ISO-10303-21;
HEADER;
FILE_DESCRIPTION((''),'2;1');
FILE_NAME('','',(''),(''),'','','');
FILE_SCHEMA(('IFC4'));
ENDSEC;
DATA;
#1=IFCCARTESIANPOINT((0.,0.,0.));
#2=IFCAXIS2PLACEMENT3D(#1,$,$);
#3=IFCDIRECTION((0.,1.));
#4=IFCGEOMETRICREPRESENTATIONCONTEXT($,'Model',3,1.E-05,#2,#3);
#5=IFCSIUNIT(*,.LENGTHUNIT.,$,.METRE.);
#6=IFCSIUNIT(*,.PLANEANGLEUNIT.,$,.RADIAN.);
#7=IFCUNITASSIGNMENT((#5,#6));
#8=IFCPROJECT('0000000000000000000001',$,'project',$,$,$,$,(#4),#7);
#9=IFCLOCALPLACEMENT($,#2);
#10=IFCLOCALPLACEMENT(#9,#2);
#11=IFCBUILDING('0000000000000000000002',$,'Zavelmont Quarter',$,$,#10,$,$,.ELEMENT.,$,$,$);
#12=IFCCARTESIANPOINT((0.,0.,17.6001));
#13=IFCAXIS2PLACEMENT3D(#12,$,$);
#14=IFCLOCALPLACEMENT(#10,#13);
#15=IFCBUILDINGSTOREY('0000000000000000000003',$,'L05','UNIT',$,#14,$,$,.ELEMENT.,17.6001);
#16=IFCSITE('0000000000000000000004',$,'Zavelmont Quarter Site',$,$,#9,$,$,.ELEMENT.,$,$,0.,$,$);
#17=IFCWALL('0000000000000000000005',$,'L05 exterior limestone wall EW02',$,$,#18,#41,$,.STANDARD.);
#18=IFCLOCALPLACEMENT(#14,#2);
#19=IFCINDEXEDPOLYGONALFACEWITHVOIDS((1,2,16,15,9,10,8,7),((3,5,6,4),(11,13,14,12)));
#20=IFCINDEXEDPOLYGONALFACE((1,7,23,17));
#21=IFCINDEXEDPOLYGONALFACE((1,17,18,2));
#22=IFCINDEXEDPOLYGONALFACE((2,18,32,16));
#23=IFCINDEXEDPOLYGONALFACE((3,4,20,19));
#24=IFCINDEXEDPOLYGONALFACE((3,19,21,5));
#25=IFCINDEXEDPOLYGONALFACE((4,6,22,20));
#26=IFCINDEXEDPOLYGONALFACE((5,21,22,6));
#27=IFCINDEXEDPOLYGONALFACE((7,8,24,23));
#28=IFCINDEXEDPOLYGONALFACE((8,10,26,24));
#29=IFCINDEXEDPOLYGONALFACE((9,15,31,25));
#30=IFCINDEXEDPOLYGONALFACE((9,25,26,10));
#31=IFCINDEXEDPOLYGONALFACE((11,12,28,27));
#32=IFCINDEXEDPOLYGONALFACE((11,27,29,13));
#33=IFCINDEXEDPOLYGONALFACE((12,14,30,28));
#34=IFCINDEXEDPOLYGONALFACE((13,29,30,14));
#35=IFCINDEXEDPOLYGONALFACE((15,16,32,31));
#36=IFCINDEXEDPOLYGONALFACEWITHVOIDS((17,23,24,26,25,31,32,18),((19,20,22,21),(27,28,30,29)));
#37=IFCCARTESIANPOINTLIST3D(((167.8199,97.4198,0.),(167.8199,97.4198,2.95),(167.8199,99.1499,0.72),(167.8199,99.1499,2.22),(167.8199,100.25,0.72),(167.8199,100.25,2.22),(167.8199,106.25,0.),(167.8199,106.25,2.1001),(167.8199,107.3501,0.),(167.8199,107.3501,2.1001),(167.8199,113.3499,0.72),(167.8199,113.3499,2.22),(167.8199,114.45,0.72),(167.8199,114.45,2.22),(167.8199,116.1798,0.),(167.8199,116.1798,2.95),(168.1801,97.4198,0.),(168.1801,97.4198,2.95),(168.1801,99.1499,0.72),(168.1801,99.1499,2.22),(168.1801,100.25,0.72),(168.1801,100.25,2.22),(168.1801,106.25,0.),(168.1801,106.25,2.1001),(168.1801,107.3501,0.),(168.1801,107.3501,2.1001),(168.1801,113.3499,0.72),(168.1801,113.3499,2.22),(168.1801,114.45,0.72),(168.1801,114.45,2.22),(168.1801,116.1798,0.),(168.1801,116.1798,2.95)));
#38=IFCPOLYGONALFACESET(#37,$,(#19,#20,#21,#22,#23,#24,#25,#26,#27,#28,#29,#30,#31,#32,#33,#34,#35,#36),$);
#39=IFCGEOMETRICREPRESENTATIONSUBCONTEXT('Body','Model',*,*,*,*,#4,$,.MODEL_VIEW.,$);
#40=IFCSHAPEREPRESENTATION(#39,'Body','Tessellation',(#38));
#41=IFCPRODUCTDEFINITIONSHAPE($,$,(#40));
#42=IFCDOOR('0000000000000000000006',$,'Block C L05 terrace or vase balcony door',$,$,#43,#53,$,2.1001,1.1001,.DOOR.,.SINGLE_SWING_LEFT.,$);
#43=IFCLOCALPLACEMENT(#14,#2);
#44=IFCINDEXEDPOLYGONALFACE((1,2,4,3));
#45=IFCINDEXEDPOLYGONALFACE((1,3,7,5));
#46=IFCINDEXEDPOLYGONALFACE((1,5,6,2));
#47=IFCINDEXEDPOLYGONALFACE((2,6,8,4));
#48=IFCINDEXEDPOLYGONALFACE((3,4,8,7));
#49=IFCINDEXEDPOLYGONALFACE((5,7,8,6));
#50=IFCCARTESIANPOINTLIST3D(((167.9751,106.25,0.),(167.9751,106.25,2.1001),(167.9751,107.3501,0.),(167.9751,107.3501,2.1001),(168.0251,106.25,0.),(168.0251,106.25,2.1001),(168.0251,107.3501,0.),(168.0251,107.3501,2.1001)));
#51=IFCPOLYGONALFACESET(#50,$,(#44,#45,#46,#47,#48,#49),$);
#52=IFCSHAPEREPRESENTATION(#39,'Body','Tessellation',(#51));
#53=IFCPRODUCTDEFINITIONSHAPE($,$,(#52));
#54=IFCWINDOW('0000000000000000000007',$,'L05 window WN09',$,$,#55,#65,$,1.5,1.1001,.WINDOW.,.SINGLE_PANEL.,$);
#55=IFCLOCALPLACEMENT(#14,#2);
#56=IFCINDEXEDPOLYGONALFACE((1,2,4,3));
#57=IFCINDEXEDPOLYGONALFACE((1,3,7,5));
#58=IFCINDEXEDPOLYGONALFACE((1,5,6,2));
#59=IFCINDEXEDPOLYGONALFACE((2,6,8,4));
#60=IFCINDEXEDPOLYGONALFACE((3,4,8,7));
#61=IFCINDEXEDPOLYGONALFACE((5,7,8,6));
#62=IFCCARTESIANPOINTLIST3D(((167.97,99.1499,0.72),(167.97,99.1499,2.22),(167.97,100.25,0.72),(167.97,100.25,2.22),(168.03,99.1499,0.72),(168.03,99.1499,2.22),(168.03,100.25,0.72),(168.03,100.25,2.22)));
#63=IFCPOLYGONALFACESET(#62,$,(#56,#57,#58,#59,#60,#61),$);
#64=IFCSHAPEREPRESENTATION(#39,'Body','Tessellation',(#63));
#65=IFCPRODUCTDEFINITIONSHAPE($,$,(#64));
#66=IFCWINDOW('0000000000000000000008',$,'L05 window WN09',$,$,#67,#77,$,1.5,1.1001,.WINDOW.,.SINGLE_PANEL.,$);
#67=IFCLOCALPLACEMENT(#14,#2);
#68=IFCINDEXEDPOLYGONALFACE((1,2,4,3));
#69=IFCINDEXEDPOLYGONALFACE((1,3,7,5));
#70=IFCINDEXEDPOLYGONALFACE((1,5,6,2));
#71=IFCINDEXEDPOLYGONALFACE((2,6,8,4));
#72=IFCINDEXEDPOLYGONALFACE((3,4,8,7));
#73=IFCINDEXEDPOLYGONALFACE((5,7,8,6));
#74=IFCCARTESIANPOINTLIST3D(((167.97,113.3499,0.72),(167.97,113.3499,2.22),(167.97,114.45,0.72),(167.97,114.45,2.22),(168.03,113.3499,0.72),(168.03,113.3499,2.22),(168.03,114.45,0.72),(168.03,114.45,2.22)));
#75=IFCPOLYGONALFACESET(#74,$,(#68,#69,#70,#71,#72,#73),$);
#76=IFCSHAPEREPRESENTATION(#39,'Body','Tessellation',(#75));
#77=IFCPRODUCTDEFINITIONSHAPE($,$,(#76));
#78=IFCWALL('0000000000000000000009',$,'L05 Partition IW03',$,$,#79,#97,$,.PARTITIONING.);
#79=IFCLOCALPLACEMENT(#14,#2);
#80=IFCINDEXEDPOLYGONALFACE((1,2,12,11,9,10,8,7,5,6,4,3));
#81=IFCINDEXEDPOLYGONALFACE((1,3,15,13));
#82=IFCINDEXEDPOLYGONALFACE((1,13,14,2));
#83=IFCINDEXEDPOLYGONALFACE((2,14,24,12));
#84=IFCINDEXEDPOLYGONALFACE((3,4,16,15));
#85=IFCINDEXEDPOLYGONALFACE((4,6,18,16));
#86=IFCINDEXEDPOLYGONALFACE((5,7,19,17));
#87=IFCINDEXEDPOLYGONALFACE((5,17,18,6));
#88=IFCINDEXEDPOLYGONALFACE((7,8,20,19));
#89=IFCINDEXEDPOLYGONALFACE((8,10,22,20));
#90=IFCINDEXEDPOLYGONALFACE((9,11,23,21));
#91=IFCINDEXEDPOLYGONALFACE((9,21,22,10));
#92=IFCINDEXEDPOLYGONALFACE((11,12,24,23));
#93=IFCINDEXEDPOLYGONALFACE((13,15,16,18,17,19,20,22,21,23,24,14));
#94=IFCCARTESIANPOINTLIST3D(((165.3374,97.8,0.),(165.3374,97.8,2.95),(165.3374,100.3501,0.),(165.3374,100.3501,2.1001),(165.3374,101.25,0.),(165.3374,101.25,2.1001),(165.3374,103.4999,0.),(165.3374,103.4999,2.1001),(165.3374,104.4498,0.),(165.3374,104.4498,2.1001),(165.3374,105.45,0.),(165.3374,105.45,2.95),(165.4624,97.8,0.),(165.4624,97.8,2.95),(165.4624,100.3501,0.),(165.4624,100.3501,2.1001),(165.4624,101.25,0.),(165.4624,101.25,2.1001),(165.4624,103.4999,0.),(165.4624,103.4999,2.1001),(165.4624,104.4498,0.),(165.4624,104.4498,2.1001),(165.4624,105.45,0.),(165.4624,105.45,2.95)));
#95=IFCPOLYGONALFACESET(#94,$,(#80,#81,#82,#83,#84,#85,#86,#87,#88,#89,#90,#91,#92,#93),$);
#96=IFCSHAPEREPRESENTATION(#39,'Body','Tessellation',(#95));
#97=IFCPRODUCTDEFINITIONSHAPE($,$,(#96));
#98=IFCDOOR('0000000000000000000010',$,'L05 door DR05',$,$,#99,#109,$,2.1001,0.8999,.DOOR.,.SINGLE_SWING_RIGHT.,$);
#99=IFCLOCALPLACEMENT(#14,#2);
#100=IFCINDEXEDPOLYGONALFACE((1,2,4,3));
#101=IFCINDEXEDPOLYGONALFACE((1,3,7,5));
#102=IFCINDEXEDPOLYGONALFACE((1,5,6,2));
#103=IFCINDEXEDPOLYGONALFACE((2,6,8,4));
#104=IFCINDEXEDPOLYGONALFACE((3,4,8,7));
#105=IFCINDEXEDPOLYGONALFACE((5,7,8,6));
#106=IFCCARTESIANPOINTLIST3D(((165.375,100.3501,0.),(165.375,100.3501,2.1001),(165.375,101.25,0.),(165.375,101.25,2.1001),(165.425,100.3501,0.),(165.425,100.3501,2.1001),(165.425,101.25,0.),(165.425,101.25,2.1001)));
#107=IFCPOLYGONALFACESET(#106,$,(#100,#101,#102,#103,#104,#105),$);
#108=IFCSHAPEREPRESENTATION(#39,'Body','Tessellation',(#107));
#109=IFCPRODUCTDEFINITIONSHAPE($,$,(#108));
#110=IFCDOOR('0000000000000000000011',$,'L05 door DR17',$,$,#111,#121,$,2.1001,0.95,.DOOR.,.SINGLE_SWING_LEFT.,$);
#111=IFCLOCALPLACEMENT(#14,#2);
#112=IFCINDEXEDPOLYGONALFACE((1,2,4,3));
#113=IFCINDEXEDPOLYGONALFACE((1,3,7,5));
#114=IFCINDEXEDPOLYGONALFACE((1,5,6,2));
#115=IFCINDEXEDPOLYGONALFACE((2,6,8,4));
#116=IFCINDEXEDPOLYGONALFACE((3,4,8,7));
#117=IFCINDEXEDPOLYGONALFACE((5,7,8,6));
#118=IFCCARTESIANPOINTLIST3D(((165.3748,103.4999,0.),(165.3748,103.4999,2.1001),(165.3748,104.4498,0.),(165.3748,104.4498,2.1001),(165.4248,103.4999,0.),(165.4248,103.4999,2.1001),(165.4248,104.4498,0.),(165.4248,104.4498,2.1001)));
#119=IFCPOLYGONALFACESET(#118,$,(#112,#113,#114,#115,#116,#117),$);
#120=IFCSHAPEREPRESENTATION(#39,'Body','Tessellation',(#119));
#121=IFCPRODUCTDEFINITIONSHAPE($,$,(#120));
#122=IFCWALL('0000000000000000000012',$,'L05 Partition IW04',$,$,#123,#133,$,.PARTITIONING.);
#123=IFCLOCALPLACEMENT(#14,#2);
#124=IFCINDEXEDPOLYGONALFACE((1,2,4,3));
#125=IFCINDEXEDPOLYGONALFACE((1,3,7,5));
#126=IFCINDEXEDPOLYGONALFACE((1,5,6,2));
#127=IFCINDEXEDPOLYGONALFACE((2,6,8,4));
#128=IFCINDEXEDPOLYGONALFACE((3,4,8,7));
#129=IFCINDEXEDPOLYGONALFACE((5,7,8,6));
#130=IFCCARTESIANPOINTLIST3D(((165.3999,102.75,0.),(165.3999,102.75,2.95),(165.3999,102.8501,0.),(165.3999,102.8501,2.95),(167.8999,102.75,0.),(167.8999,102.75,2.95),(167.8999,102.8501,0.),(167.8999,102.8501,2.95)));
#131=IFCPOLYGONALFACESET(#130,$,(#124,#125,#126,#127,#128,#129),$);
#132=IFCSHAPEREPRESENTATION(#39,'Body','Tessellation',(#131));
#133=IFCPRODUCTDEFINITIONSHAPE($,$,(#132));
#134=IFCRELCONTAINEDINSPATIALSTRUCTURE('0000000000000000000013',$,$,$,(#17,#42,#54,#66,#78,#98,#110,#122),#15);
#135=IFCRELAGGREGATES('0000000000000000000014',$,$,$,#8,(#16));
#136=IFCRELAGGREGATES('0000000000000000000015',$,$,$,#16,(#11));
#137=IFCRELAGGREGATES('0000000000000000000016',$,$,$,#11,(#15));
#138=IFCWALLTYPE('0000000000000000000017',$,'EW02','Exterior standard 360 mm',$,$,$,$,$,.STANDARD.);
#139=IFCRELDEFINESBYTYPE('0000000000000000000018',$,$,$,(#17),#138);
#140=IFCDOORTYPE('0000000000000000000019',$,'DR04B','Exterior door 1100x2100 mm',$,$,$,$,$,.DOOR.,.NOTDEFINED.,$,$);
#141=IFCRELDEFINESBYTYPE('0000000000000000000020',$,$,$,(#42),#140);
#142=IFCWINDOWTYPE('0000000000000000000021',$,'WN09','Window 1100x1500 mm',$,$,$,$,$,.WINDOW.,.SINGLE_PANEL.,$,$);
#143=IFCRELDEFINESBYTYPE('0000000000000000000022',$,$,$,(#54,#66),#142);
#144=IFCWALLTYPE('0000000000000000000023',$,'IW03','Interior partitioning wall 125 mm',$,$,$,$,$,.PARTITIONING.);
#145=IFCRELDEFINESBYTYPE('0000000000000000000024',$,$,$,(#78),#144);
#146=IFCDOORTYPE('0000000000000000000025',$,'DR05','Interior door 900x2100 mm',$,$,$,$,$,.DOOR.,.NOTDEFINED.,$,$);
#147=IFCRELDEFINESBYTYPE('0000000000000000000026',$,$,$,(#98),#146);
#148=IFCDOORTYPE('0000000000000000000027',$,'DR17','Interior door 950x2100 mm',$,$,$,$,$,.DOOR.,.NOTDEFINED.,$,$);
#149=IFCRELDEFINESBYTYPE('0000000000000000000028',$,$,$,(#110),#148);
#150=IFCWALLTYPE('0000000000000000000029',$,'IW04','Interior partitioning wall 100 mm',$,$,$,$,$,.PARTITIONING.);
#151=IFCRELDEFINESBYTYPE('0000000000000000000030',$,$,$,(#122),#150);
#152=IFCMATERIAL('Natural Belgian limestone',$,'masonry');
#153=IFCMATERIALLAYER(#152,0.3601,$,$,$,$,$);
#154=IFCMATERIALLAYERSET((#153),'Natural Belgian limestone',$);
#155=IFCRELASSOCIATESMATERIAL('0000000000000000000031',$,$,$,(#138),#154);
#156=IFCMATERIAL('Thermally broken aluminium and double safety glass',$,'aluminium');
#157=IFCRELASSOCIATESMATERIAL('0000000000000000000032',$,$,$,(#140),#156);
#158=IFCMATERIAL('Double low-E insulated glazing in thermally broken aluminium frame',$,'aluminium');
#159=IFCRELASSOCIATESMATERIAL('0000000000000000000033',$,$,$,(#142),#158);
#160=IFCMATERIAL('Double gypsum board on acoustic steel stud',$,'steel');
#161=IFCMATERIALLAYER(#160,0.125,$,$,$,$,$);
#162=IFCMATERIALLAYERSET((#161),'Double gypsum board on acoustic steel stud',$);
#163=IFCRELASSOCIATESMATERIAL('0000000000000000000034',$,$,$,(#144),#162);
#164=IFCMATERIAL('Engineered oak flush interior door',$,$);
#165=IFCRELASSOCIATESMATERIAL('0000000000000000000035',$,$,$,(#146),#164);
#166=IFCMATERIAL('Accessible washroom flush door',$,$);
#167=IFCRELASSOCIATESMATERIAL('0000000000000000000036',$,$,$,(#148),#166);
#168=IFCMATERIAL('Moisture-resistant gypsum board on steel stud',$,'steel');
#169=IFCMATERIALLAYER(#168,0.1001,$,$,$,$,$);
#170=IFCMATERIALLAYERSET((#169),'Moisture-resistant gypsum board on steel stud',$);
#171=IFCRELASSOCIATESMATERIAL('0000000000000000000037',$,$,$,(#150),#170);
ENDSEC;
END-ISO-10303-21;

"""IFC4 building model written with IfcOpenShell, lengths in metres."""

from ifc_helpers import new_model, si_unit, direction, frame, frame_2d, origin, origin_with_axes, place, context, subcontext, project, spatial, rectangle, extrude, material, layer, layer_set, type_object, element, fill, save


model = new_model("IFC4")

# Units and contexts
model_context = context("Model", 3, precision=1e-05, world=origin(), true_north=direction((0.0, 1.0)))
body_context = subcontext(model_context, "Body", "Model", "MODEL_VIEW")
ifc_project = project(units=[si_unit("LENGTHUNIT", "METRE"), si_unit("PLANEANGLEUNIT", "RADIAN")], contexts=[model_context])

# Site, building, storey
site_placement = place(None, origin())
site = spatial("IfcSite", under=ifc_project, at=site_placement, Name="Zavelmont Quarter Site", CompositionType="ELEMENT", RefElevation=0.0)
building_placement = place(site_placement, origin())
building = spatial("IfcBuilding", under=site, at=building_placement, Name="Zavelmont Quarter", CompositionType="ELEMENT")
storey_placement = place(building_placement, frame((0.0, 0.0, 17.6001)))
storey = spatial("IfcBuildingStorey", under=building, at=storey_placement, Name="L05", Description="UNIT", CompositionType="ELEMENT", Elevation=17.6001)

# Wall, openings, door, windows
ifc_material_1 = material(Name="Natural Belgian limestone", Category="masonry")
ifc_layer_1 = layer(ifc_material_1, 0.3601)
ifc_layer_set_1 = layer_set([ifc_layer_1], Name="Natural Belgian limestone")
wall_type_1 = type_object("IfcWallType", Name="EW02", Description="Exterior standard 360 mm", PredefinedType="STANDARD", material=ifc_layer_set_1)
wall_1_placement = place(storey_placement, frame((168.0, 97.4199, 0.0), z_axis=(0.0, 0.0, 1.0), x_axis=(0.0, 1.0, 0.0)))
wall_1 = element("IfcWall", 1, at=wall_1_placement, inside=storey, type_object=wall_type_1, Name="L05 exterior limestone wall EW02", PredefinedType="STANDARD", context=body_context, shape_type="SweptSolid", body=[
    extrude(rectangle(XDim=18.76, YDim=0.3601, at=frame_2d((9.3799, 0.0))), origin(), (0.0, 0.0, 1.0), 2.95),
])
opening_1_placement = place(wall_1_placement, frame((8.8301, 0.0, 0.0)))
opening_1 = element("IfcOpeningElement", 2, at=opening_1_placement, cuts=wall_1, PredefinedType="OPENING", context=body_context, shape_type="SweptSolid", body=[
    extrude(rectangle(XDim=1.1001, YDim=2.1001, at=frame_2d((0.55, 1.05))), frame((0.0, 0.1919, 0.0), z_axis=(0.0, -1.0, 0.0), x_axis=(1.0, 0.0, 0.0)), (0.0, 0.0, 1.0), 0.384),
])
opening_2_placement = place(wall_1_placement, frame((1.73, 0.0, 0.72)))
opening_2 = element("IfcOpeningElement", 3, at=opening_2_placement, cuts=wall_1, PredefinedType="OPENING", context=body_context, shape_type="SweptSolid", body=[
    extrude(rectangle(XDim=1.1001, YDim=1.5, at=frame_2d((0.55, 0.75))), frame((0.0, 0.1919, 0.0), z_axis=(0.0, -1.0, 0.0), x_axis=(1.0, 0.0, 0.0)), (0.0, 0.0, 1.0), 0.384),
])
opening_3_placement = place(wall_1_placement, frame((15.9299, 0.0, 0.72)))
opening_3 = element("IfcOpeningElement", 4, at=opening_3_placement, cuts=wall_1, PredefinedType="OPENING", context=body_context, shape_type="SweptSolid", body=[
    extrude(rectangle(XDim=1.1001, YDim=1.5, at=frame_2d((0.55, 0.75))), frame((0.0, 0.1919, 0.0), z_axis=(0.0, -1.0, 0.0), x_axis=(1.0, 0.0, 0.0)), (0.0, 0.0, 1.0), 0.384),
])
ifc_material_2 = material(Name="Thermally broken aluminium and double safety glass", Category="aluminium")
door_type_1 = type_object("IfcDoorType", Name="DR04B", Description="Exterior door 1100x2100 mm", OperationType="NOTDEFINED", PredefinedType="DOOR", material=ifc_material_2)
door_1_placement = place(opening_1_placement, origin_with_axes())
door_1 = element("IfcDoor", 5, at=door_1_placement, inside=storey, type_object=door_type_1, Name="Block C L05 terrace or vase balcony door", OperationType="SINGLE_SWING_LEFT", OverallHeight=2.1001, OverallWidth=1.1001, PredefinedType="DOOR", context=body_context, shape_type="SweptSolid", body=[
    extrude(rectangle(XDim=1.1001, YDim=2.1001, at=frame_2d((0.55, 1.05))), frame((0.0, 0.0249, 0.0), z_axis=(0.0, -1.0, 0.0), x_axis=(1.0, 0.0, 0.0)), (0.0, 0.0, 1.0), 0.05),
])
fill(opening_1, door_1)
ifc_material_3 = material(Name="Double low-E insulated glazing in thermally broken aluminium frame", Category="aluminium")
window_type = type_object("IfcWindowType", Name="WN09", Description="Window 1100x1500 mm", PartitioningType="SINGLE_PANEL", PredefinedType="WINDOW", material=ifc_material_3)
window_1_placement = place(opening_2_placement, origin_with_axes())
window_1 = element("IfcWindow", 6, at=window_1_placement, inside=storey, type_object=window_type, Name="L05 window WN09", OverallHeight=1.5, OverallWidth=1.1001, PartitioningType="SINGLE_PANEL", PredefinedType="WINDOW", context=body_context, shape_type="SweptSolid", body=[
    extrude(rectangle(XDim=1.1001, YDim=1.5, at=frame_2d((0.55, 0.75))), frame((0.0, 0.03, 0.0), z_axis=(0.0, -1.0, 0.0), x_axis=(1.0, 0.0, 0.0)), (0.0, 0.0, 1.0), 0.0601),
])
fill(opening_2, window_1)
window_2_placement = place(opening_3_placement, origin_with_axes())
window_2 = element("IfcWindow", 7, at=window_2_placement, inside=storey, type_object=window_type, Name="L05 window WN09", OverallHeight=1.5, OverallWidth=1.1001, PartitioningType="SINGLE_PANEL", PredefinedType="WINDOW", context=body_context, shape_type="SweptSolid", body=[
    extrude(rectangle(XDim=1.1001, YDim=1.5, at=frame_2d((0.55, 0.75))), frame((0.0, 0.03, 0.0), z_axis=(0.0, -1.0, 0.0), x_axis=(1.0, 0.0, 0.0)), (0.0, 0.0, 1.0), 0.0601),
])
fill(opening_3, window_2)

# Wall, openings, doors
ifc_material_4 = material(Name="Double gypsum board on acoustic steel stud", Category="steel")
ifc_layer_2 = layer(ifc_material_4, 0.125)
ifc_layer_set_2 = layer_set([ifc_layer_2], Name="Double gypsum board on acoustic steel stud")
wall_type_2 = type_object("IfcWallType", Name="IW03", Description="Interior partitioning wall 125 mm", PredefinedType="PARTITIONING", material=ifc_layer_set_2)
wall_2_placement = place(storey_placement, frame((165.3999, 105.45, 0.0), z_axis=(0.0, 0.0, 1.0), x_axis=(0.0, -1.0, 0.0)))
wall_2 = element("IfcWall", 8, at=wall_2_placement, inside=storey, type_object=wall_type_2, Name="L05 Partition IW03", PredefinedType="PARTITIONING", context=body_context, shape_type="SweptSolid", body=[
    extrude(rectangle(XDim=7.6499, YDim=0.125, at=frame_2d((3.825, 0.0))), origin(), (0.0, 0.0, 1.0), 2.95),
])
opening_4_placement = place(wall_2_placement, frame((1.0, 0.0, 0.0)))
opening_4 = element("IfcOpeningElement", 9, at=opening_4_placement, cuts=wall_2, PredefinedType="OPENING", context=body_context, shape_type="SweptSolid", body=[
    extrude(rectangle(XDim=0.95, YDim=2.1001, at=frame_2d((0.4751, 1.05))), frame((0.0, 0.0745, 0.0), z_axis=(0.0, -1.0, 0.0), x_axis=(1.0, 0.0, 0.0)), (0.0, 0.0, 1.0), 0.1489),
])
opening_5_placement = place(wall_2_placement, frame((4.2, 0.0, 0.0)))
opening_5 = element("IfcOpeningElement", 10, at=opening_5_placement, cuts=wall_2, PredefinedType="OPENING", context=body_context, shape_type="SweptSolid", body=[
    extrude(rectangle(XDim=0.8999, YDim=2.1001, at=frame_2d((0.45, 1.05))), frame((0.0, 0.0745, 0.0), z_axis=(0.0, -1.0, 0.0), x_axis=(1.0, 0.0, 0.0)), (0.0, 0.0, 1.0), 0.1489),
])
ifc_material_5 = material(Name="Engineered oak flush interior door")
door_type_2 = type_object("IfcDoorType", Name="DR05", Description="Interior door 900x2100 mm", OperationType="NOTDEFINED", PredefinedType="DOOR", material=ifc_material_5)
door_2_placement = place(opening_5_placement, frame((0.8999, 0.0, 0.0), z_axis=(0.0, 0.0, 1.0), x_axis=(-1.0, 0.0, 0.0)))
door_2 = element("IfcDoor", 11, at=door_2_placement, inside=storey, type_object=door_type_2, Name="L05 door DR05", OperationType="SINGLE_SWING_RIGHT", OverallHeight=2.1001, OverallWidth=0.8999, PredefinedType="DOOR", context=body_context, shape_type="SweptSolid", body=[
    extrude(rectangle(XDim=0.8999, YDim=2.1001, at=frame_2d((0.45, 1.05))), frame((0.0, 0.0249, 0.0), z_axis=(0.0, -1.0, 0.0), x_axis=(1.0, 0.0, 0.0)), (0.0, 0.0, 1.0), 0.05),
])
fill(opening_5, door_2)
ifc_material_6 = material(Name="Accessible washroom flush door")
door_type_3 = type_object("IfcDoorType", Name="DR17", Description="Interior door 950x2100 mm", OperationType="NOTDEFINED", PredefinedType="DOOR", material=ifc_material_6)
door_3_placement = place(opening_4_placement, origin_with_axes())
door_3 = element("IfcDoor", 12, at=door_3_placement, inside=storey, type_object=door_type_3, Name="L05 door DR17", OperationType="SINGLE_SWING_LEFT", OverallHeight=2.1001, OverallWidth=0.95, PredefinedType="DOOR", context=body_context, shape_type="SweptSolid", body=[
    extrude(rectangle(XDim=0.95, YDim=2.1001, at=frame_2d((0.4751, 1.05))), frame((0.0, 0.0249, 0.0), z_axis=(0.0, -1.0, 0.0), x_axis=(1.0, 0.0, 0.0)), (0.0, 0.0, 1.0), 0.05),
])
fill(opening_4, door_3)

# Wall
ifc_material_7 = material(Name="Moisture-resistant gypsum board on steel stud", Category="steel")
ifc_layer_3 = layer(ifc_material_7, 0.1001)
ifc_layer_set_3 = layer_set([ifc_layer_3], Name="Moisture-resistant gypsum board on steel stud")
wall_type_3 = type_object("IfcWallType", Name="IW04", Description="Interior partitioning wall 100 mm", PredefinedType="PARTITIONING", material=ifc_layer_set_3)
wall_3_placement = place(storey_placement, frame((165.3999, 102.8, 0.0), z_axis=(0.0, 0.0, 1.0), x_axis=(1.0, 0.0, 0.0)))
element("IfcWall", 13, at=wall_3_placement, inside=storey, type_object=wall_type_3, Name="L05 Partition IW04", PredefinedType="PARTITIONING", context=body_context, shape_type="SweptSolid", body=[
    extrude(rectangle(XDim=2.5, YDim=0.1001, at=frame_2d((1.25, 0.0))), origin(), (0.0, 0.0, 1.0), 2.95),
])

save(model, "model.ifc")
